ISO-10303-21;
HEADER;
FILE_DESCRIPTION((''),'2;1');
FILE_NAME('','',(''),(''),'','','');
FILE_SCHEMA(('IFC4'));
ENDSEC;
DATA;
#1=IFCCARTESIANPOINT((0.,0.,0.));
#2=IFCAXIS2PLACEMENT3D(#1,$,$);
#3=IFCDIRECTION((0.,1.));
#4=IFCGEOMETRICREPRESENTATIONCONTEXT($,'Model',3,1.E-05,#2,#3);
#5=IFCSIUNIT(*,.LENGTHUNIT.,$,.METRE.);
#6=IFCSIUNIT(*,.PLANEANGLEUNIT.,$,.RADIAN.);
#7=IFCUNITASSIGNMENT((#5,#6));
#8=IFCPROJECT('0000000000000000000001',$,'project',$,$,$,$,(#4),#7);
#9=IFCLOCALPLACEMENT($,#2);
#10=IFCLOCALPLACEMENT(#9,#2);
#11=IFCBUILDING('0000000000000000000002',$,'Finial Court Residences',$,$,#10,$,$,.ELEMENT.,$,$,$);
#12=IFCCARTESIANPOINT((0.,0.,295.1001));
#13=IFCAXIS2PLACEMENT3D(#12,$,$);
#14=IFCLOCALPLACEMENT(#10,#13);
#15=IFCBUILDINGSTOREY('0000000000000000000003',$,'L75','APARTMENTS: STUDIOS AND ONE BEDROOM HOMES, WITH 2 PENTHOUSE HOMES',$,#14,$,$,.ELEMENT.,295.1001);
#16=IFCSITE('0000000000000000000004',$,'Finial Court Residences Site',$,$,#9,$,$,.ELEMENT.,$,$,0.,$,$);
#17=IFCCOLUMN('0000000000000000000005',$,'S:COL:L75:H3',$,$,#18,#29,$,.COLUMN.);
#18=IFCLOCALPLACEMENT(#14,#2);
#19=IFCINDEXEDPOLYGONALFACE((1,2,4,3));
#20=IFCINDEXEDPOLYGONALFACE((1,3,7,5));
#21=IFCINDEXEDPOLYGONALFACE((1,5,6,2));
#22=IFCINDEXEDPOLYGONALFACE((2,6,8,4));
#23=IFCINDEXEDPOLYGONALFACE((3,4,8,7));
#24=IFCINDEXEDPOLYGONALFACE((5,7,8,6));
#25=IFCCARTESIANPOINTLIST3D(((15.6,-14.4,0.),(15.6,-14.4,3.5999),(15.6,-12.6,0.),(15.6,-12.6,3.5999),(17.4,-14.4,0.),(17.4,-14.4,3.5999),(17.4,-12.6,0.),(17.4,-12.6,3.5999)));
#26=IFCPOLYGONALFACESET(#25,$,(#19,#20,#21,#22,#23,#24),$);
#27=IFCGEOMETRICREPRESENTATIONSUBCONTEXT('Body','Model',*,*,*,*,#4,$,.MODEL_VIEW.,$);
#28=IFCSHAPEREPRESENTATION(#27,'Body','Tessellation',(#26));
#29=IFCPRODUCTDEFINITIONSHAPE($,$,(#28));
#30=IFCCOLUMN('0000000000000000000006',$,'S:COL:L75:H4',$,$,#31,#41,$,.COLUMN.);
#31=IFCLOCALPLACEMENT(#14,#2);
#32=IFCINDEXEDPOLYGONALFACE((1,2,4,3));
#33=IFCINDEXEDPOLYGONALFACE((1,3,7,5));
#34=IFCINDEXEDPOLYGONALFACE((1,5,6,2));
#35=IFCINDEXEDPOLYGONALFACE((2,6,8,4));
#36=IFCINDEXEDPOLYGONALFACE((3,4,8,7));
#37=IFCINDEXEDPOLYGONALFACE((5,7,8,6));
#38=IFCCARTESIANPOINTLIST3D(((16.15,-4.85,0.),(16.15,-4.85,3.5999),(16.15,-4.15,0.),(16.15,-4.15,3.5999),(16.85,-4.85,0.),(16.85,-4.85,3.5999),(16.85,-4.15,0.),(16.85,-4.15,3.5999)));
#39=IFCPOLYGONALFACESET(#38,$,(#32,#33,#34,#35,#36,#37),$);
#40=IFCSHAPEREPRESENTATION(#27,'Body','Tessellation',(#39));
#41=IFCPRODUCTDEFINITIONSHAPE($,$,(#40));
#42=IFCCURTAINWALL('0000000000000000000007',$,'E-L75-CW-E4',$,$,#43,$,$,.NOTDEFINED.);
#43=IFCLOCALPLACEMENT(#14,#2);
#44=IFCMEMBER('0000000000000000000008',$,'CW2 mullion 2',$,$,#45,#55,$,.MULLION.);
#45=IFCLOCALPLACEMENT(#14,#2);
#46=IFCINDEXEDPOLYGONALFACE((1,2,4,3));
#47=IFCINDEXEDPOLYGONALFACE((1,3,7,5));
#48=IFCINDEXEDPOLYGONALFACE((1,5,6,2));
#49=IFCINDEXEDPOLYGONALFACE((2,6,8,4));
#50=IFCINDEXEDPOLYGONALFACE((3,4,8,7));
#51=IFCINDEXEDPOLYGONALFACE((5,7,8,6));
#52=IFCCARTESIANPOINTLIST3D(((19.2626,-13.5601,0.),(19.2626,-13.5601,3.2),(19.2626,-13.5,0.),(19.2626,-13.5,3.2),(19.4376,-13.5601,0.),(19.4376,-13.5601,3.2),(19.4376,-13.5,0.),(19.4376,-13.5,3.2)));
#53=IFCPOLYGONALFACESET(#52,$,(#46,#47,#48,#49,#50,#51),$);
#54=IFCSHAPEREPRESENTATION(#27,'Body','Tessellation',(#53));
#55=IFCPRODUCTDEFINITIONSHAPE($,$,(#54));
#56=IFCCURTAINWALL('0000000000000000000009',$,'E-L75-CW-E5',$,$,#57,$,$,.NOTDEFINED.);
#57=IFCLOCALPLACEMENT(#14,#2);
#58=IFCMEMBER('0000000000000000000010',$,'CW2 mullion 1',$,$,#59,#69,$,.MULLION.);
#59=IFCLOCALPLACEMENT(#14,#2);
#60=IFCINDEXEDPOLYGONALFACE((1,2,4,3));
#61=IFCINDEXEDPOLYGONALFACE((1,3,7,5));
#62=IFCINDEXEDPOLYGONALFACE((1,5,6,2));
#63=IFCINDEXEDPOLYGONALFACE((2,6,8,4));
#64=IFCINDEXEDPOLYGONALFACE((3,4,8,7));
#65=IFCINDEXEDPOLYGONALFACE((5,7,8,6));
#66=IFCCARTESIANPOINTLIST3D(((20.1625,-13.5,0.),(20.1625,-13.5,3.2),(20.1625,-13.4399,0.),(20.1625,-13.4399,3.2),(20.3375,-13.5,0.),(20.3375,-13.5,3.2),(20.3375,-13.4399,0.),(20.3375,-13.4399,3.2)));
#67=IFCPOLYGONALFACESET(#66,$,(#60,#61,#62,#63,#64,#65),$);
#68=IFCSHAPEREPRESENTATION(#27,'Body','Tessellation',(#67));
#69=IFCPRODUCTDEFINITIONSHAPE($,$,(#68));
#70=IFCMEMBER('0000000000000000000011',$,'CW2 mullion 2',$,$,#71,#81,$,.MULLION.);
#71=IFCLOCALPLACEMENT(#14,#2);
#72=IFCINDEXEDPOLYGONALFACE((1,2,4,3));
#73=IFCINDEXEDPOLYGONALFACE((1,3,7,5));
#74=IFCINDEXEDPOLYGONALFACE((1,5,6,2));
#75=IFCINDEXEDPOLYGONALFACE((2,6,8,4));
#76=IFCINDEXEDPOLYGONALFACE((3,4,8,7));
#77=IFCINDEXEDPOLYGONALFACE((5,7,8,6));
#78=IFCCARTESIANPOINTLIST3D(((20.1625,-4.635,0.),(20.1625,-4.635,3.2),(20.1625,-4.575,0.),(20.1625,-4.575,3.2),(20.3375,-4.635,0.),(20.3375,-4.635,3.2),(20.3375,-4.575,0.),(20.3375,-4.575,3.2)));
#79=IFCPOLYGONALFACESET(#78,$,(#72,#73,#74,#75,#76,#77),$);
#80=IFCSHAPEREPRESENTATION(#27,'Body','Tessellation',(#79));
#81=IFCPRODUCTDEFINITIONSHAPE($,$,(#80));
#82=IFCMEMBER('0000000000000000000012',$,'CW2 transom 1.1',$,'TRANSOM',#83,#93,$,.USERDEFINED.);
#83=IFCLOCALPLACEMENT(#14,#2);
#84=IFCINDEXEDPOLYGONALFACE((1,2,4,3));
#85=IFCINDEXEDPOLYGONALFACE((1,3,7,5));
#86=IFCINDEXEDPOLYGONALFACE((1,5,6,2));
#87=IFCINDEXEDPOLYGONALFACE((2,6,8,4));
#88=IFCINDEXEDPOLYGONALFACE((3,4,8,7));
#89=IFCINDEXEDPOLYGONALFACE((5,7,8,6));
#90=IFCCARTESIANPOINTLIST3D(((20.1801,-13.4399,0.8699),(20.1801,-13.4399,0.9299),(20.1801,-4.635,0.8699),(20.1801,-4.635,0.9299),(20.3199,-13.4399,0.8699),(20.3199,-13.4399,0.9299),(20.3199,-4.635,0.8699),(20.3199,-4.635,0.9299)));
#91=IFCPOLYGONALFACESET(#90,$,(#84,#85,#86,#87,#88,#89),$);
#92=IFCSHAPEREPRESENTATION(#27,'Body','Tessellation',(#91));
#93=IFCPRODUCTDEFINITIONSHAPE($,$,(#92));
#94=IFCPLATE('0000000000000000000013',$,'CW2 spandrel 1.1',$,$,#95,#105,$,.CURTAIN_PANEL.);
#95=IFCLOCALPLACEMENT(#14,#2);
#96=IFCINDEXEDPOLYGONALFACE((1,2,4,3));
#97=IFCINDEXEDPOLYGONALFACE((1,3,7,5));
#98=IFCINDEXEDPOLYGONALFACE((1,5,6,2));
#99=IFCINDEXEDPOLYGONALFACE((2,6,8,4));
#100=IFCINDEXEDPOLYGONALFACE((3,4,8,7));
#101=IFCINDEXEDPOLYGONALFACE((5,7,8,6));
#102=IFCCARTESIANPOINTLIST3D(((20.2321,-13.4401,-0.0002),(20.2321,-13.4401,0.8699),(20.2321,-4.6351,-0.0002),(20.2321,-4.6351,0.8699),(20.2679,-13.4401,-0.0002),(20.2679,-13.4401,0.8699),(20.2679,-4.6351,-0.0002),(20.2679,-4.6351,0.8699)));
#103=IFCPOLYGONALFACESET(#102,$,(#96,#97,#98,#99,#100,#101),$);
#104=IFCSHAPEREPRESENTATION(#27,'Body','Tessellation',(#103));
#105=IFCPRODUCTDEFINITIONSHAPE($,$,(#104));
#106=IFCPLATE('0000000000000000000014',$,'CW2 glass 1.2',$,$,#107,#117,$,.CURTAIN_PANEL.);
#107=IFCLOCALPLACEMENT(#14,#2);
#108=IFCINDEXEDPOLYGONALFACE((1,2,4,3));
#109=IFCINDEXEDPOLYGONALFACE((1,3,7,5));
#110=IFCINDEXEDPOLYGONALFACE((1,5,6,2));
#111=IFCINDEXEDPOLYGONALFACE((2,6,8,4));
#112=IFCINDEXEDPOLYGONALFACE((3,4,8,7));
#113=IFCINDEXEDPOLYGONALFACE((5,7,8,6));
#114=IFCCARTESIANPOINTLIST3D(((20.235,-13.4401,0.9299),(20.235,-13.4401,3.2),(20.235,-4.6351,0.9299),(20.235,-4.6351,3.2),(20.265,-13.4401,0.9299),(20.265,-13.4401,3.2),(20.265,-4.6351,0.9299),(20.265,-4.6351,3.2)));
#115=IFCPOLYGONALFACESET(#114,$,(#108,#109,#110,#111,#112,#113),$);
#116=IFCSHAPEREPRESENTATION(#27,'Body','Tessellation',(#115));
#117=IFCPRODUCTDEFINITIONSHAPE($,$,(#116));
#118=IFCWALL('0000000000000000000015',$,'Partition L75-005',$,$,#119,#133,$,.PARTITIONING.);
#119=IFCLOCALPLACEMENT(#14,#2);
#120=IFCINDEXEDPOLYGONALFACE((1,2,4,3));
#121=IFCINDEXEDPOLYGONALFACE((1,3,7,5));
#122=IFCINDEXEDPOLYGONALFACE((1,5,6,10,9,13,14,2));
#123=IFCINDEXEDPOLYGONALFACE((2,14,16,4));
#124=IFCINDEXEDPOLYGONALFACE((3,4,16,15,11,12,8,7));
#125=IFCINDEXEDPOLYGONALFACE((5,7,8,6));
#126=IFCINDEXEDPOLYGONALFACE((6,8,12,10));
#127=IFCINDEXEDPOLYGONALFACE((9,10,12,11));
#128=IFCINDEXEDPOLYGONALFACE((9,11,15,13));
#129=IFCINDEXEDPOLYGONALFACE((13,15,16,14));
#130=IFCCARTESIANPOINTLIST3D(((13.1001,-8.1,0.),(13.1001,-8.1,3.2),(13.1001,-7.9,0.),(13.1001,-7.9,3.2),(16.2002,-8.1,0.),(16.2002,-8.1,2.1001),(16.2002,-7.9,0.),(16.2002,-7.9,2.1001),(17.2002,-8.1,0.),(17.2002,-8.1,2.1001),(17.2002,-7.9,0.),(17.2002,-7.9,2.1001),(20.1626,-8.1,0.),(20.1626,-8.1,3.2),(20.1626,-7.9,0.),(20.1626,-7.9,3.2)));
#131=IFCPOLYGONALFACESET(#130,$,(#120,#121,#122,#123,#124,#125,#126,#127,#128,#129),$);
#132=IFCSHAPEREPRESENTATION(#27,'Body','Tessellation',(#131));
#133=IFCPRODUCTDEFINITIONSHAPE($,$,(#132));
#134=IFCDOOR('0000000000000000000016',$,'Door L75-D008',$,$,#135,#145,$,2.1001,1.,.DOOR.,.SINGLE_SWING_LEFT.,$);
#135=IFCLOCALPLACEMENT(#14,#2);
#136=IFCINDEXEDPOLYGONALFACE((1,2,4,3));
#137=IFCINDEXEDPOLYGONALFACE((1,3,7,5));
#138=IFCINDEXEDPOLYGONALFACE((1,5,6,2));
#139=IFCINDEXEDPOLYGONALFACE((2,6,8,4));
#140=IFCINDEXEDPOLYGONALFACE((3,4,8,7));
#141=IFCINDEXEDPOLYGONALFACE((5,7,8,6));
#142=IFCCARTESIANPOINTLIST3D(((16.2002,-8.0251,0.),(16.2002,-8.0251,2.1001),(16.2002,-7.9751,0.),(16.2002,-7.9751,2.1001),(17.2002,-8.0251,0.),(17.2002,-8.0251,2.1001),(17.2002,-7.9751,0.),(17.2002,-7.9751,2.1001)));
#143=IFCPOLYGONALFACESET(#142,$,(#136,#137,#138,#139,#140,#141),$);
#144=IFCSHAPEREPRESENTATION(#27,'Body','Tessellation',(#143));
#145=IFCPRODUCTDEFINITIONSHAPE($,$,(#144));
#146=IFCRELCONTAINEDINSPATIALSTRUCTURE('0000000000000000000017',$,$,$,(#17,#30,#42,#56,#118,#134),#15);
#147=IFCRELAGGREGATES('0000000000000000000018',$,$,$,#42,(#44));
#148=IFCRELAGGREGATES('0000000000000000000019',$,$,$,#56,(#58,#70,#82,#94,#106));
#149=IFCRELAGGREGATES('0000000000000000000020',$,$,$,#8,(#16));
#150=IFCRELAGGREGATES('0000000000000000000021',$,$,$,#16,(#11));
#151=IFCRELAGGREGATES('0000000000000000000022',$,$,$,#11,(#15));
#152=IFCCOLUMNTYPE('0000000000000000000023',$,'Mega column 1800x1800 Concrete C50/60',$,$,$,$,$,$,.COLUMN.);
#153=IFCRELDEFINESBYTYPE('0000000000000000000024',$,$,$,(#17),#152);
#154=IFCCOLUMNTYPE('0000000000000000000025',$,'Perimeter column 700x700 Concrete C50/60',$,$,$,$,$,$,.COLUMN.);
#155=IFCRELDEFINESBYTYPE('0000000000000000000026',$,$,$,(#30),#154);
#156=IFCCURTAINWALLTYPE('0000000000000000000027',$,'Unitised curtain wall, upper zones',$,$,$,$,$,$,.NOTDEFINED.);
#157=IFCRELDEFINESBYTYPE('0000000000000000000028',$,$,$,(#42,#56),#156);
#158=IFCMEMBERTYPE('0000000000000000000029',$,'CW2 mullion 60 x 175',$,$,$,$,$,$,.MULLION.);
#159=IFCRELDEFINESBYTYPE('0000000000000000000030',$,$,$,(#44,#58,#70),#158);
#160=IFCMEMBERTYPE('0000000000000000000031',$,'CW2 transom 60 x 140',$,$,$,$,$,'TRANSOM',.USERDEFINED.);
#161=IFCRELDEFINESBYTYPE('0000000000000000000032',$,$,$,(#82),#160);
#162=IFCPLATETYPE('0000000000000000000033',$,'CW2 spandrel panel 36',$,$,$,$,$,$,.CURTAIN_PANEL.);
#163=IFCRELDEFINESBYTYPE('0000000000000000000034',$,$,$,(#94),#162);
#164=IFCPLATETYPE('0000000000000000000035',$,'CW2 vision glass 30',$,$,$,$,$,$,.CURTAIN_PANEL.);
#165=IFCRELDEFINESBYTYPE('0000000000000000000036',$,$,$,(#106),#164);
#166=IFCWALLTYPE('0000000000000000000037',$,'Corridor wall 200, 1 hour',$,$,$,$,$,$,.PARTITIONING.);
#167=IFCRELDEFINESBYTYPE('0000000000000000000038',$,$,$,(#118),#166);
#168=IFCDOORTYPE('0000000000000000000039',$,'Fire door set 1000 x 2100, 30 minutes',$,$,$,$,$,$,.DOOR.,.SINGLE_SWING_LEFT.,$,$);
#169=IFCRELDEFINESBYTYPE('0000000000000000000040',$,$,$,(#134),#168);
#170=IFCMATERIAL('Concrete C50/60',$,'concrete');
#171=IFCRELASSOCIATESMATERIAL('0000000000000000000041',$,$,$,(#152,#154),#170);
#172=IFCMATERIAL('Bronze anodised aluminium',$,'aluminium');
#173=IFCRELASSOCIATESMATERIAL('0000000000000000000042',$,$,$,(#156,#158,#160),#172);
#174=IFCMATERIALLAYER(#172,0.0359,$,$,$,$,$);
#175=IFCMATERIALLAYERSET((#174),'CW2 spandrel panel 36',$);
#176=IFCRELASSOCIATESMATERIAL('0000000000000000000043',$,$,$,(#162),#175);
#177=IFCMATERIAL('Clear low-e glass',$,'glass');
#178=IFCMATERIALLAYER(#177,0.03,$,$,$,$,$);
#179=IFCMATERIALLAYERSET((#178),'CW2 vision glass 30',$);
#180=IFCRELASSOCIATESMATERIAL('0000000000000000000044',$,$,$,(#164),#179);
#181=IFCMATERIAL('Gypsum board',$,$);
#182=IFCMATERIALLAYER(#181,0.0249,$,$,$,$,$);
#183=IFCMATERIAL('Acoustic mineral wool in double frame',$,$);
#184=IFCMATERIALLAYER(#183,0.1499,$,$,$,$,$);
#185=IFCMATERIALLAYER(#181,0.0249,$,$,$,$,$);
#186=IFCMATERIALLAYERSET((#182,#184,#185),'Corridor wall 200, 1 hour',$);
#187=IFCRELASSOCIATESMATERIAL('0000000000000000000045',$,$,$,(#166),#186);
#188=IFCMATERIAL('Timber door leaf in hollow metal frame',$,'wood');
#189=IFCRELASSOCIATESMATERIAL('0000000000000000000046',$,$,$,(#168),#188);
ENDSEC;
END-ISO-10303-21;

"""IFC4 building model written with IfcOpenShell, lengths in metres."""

from ifc_helpers import new_model, si_unit, direction, frame, frame_2d, origin, origin_2d, place, context, subcontext, project, spatial, rectangle, extrude, material, layer, layer_set, material_profile, profile_set, type_object, element, fill, aggregate, save


model = new_model("IFC4")

# Units and contexts
model_context = context("Model", 3, precision=1e-05, world=origin(), true_north=direction((0.0, 1.0)))
body_context = subcontext(model_context, "Body", "Model", "MODEL_VIEW")
ifc_project = project(units=[si_unit("LENGTHUNIT", "METRE"), si_unit("PLANEANGLEUNIT", "RADIAN")], contexts=[model_context])

# Site, building, storey
site_placement = place(None, origin())
site = spatial("IfcSite", under=ifc_project, at=site_placement, Name="Finial Court Residences Site", CompositionType="ELEMENT", RefElevation=0.0)
building_placement = place(site_placement, origin())
building = spatial("IfcBuilding", under=site, at=building_placement, Name="Finial Court Residences", CompositionType="ELEMENT")
storey_placement = place(building_placement, frame((0.0, 0.0, 295.1001)))
storey = spatial("IfcBuildingStorey", under=building, at=storey_placement, Name="L75", Description="APARTMENTS: STUDIOS AND ONE BEDROOM HOMES, WITH 2 PENTHOUSE HOMES", CompositionType="ELEMENT", Elevation=295.1001)

# Columns
ifc_material_1 = material(Name="Concrete C50/60", Category="concrete")
ifc_material_profile_1 = material_profile(ifc_material_1, rectangle(XDim=1.8, YDim=1.8, at=origin_2d()), Name="1800x1800")
ifc_profile_set_1 = profile_set([ifc_material_profile_1], Name="Concrete C50/60")
column_type_1 = type_object("IfcColumnType", Name="Mega column 1800x1800 Concrete C50/60", PredefinedType="COLUMN", material=ifc_profile_set_1)
column_1_placement = place(storey_placement, frame((16.5, -13.5, 0.0), z_axis=(0.0, 0.0, 1.0), x_axis=(1.0, 0.0, 0.0)))
element("IfcColumn", 1, at=column_1_placement, inside=storey, type_object=column_type_1, Name="S:COL:L75:H3", PredefinedType="COLUMN", context=body_context, shape_type="SweptSolid", body=[
    extrude(rectangle(XDim=1.8, YDim=1.8, at=origin_2d()), origin(), (0.0, 0.0, 1.0), 3.5999),
])
ifc_material_profile_2 = material_profile(ifc_material_1, rectangle(XDim=0.7, YDim=0.7, at=origin_2d()), Name="700x700")
ifc_profile_set_2 = profile_set([ifc_material_profile_2], Name="Concrete C50/60")
column_type_2 = type_object("IfcColumnType", Name="Perimeter column 700x700 Concrete C50/60", PredefinedType="COLUMN", material=ifc_profile_set_2)
column_2_placement = place(storey_placement, frame((16.5, -4.5, 0.0), z_axis=(0.0, 0.0, 1.0), x_axis=(1.0, 0.0, 0.0)))
element("IfcColumn", 2, at=column_2_placement, inside=storey, type_object=column_type_2, Name="S:COL:L75:H4", PredefinedType="COLUMN", context=body_context, shape_type="SweptSolid", body=[
    extrude(rectangle(XDim=0.7, YDim=0.7, at=origin_2d()), origin(), (0.0, 0.0, 1.0), 3.5999),
])

# Curtain wall, member
ifc_material_2 = material(Name="Bronze anodised aluminium", Category="aluminium")
curtain_wall_type = type_object("IfcCurtainWallType", Name="Unitised curtain wall, upper zones", PredefinedType="NOTDEFINED", material=ifc_material_2)
curtain_wall_1_placement = place(storey_placement, origin())
curtain_wall_1 = element("IfcCurtainWall", 3, at=curtain_wall_1_placement, inside=storey, type_object=curtain_wall_type, Name="E-L75-CW-E4", PredefinedType="NOTDEFINED")
ifc_material_profile_3 = material_profile(ifc_material_2, rectangle(XDim=0.175, YDim=0.0601, at=origin_2d()), Name="CW2 mullion 60 x 175")
ifc_profile_set_3 = profile_set([ifc_material_profile_3], Name="Bronze anodised aluminium")
member_type_1 = type_object("IfcMemberType", Name="CW2 mullion 60 x 175", PredefinedType="MULLION", material=ifc_profile_set_3)
member_1_placement = place(storey_placement, frame((19.3501, -13.53, 0.0), z_axis=(0.0, 0.0, 1.0), x_axis=(-1.0, 0.0, 0.0)))
member_1 = element("IfcMember", 4, at=member_1_placement, type_object=member_type_1, Name="CW2 mullion 2", PredefinedType="MULLION", context=body_context, shape_type="SweptSolid", body=[
    extrude(rectangle(XDim=0.175, YDim=0.0601, at=origin_2d()), origin(), (0.0, 0.0, 1.0), 3.2),
])
aggregate(curtain_wall_1, [member_1])

# Curtain wall, members, plates
curtain_wall_2_placement = place(storey_placement, origin())
curtain_wall_2 = element("IfcCurtainWall", 5, at=curtain_wall_2_placement, inside=storey, type_object=curtain_wall_type, Name="E-L75-CW-E5", PredefinedType="NOTDEFINED")
member_2_placement = place(storey_placement, frame((20.25, -13.47, 0.0), z_axis=(0.0, 0.0, 1.0), x_axis=(-1.0, 0.0, 0.0)))
member_2 = element("IfcMember", 6, at=member_2_placement, type_object=member_type_1, Name="CW2 mullion 1", PredefinedType="MULLION", context=body_context, shape_type="SweptSolid", body=[
    extrude(rectangle(XDim=0.175, YDim=0.0601, at=origin_2d()), origin(), (0.0, 0.0, 1.0), 3.2),
])
member_3_placement = place(storey_placement, frame((20.25, -4.605, 0.0), z_axis=(0.0, 0.0, 1.0), x_axis=(-1.0, 0.0, 0.0)))
member_3 = element("IfcMember", 7, at=member_3_placement, type_object=member_type_1, Name="CW2 mullion 2", PredefinedType="MULLION", context=body_context, shape_type="SweptSolid", body=[
    extrude(rectangle(XDim=0.175, YDim=0.0601, at=origin_2d()), origin(), (0.0, 0.0, 1.0), 3.2),
])
ifc_material_profile_4 = material_profile(ifc_material_2, rectangle(XDim=0.1399, YDim=0.0601, at=origin_2d()), Name="CW2 transom 60 x 140")
ifc_profile_set_4 = profile_set([ifc_material_profile_4], Name="Bronze anodised aluminium")
member_type_2 = type_object("IfcMemberType", Name="CW2 transom 60 x 140", ElementType="TRANSOM", PredefinedType="USERDEFINED", material=ifc_profile_set_4)
member_4_placement = place(storey_placement, frame((20.25, -13.4399, 0.8999), z_axis=(0.0, 1.0, 0.0), x_axis=(-1.0, 0.0, 0.0)))
member_4 = element("IfcMember", 8, at=member_4_placement, type_object=member_type_2, Name="CW2 transom 1.1", ObjectType="TRANSOM", PredefinedType="USERDEFINED", context=body_context, shape_type="SweptSolid", body=[
    extrude(rectangle(XDim=0.1399, YDim=0.0601, at=origin_2d()), origin(), (0.0, 0.0, 1.0), 8.8049),
])
ifc_layer_1 = layer(ifc_material_2, 0.0359)
ifc_layer_set_1 = layer_set([ifc_layer_1], Name="CW2 spandrel panel 36")
plate_type_1 = type_object("IfcPlateType", Name="CW2 spandrel panel 36", PredefinedType="CURTAIN_PANEL", material=ifc_layer_set_1)
plate_1_placement = place(storey_placement, frame((20.25, -9.0376, -0.0002), z_axis=(0.0, 0.0, 1.0), x_axis=(0.0, 1.0, 0.0)))
plate_1 = element("IfcPlate", 9, at=plate_1_placement, type_object=plate_type_1, Name="CW2 spandrel 1.1", PredefinedType="CURTAIN_PANEL", context=body_context, shape_type="SweptSolid", body=[
    extrude(rectangle(XDim=8.8049, YDim=0.0359, at=origin_2d()), origin(), (0.0, 0.0, 1.0), 0.8701),
])
ifc_material_3 = material(Name="Clear low-e glass", Category="glass")
ifc_layer_2 = layer(ifc_material_3, 0.03)
ifc_layer_set_2 = layer_set([ifc_layer_2], Name="CW2 vision glass 30")
plate_type_2 = type_object("IfcPlateType", Name="CW2 vision glass 30", PredefinedType="CURTAIN_PANEL", material=ifc_layer_set_2)
plate_2_placement = place(storey_placement, frame((20.25, -9.0376, 0.9299), z_axis=(0.0, 0.0, 1.0), x_axis=(0.0, 1.0, 0.0)))
plate_2 = element("IfcPlate", 10, at=plate_2_placement, type_object=plate_type_2, Name="CW2 glass 1.2", PredefinedType="CURTAIN_PANEL", context=body_context, shape_type="SweptSolid", body=[
    extrude(rectangle(XDim=8.8049, YDim=0.03, at=origin_2d()), origin(), (0.0, 0.0, 1.0), 2.27),
])
aggregate(curtain_wall_2, [member_2, member_3, member_4, plate_1, plate_2])

# Wall, opening, door
ifc_material_4 = material(Name="Gypsum board")
ifc_layer_3 = layer(ifc_material_4, 0.0249)
ifc_material_5 = material(Name="Acoustic mineral wool in double frame")
ifc_layer_4 = layer(ifc_material_5, 0.1499)
ifc_layer_5 = layer(ifc_material_4, 0.0249)
ifc_layer_set_3 = layer_set([ifc_layer_3, ifc_layer_4, ifc_layer_5], Name="Corridor wall 200, 1 hour")
wall_type_1 = type_object("IfcWallType", Name="Corridor wall 200, 1 hour", PredefinedType="PARTITIONING", material=ifc_layer_set_3)
wall_1_placement = place(storey_placement, frame((13.1001, -8.0, 0.0), z_axis=(0.0, 0.0, 1.0), x_axis=(1.0, 0.0, 0.0)))
wall_1 = element("IfcWall", 11, at=wall_1_placement, inside=storey, type_object=wall_type_1, Name="Partition L75-005", PredefinedType="PARTITIONING", context=body_context, shape_type="SweptSolid", body=[
    extrude(rectangle(XDim=7.0625, YDim=0.2, at=frame_2d((3.5312, 0.0))), origin(), (0.0, 0.0, 1.0), 3.2),
])
opening_1_placement = place(wall_1_placement, frame((3.1001, 0.0, 0.0)))
opening_1 = element("IfcOpeningElement", 12, at=opening_1_placement, cuts=wall_1, PredefinedType="OPENING", context=body_context, shape_type="SweptSolid", body=[
    extrude(rectangle(XDim=1.0, YDim=2.1001, at=frame_2d((0.5, 1.05))), frame((0.0, 0.1099, 0.0), z_axis=(0.0, -1.0, 0.0), x_axis=(1.0, 0.0, 0.0)), (0.0, 0.0, 1.0), 0.22),
])
ifc_material_6 = material(Name="Timber door leaf in hollow metal frame", Category="wood")
door_type_1 = type_object("IfcDoorType", Name="Fire door set 1000 x 2100, 30 minutes", OperationType="SINGLE_SWING_LEFT", PredefinedType="DOOR", material=ifc_material_6)
door_1_placement = place(opening_1_placement, origin())
door_1 = element("IfcDoor", 13, at=door_1_placement, inside=storey, type_object=door_type_1, Name="Door L75-D008", OperationType="SINGLE_SWING_LEFT", OverallHeight=2.1001, OverallWidth=1.0, PredefinedType="DOOR", context=body_context, shape_type="SweptSolid", body=[
    extrude(rectangle(XDim=1.0, YDim=2.1001, at=frame_2d((0.5, 1.05))), frame((0.0, 0.0249, 0.0), z_axis=(0.0, -1.0, 0.0), x_axis=(1.0, 0.0, 0.0)), (0.0, 0.0, 1.0), 0.05),
])
fill(opening_1, door_1)

save(model, "model.ifc")
